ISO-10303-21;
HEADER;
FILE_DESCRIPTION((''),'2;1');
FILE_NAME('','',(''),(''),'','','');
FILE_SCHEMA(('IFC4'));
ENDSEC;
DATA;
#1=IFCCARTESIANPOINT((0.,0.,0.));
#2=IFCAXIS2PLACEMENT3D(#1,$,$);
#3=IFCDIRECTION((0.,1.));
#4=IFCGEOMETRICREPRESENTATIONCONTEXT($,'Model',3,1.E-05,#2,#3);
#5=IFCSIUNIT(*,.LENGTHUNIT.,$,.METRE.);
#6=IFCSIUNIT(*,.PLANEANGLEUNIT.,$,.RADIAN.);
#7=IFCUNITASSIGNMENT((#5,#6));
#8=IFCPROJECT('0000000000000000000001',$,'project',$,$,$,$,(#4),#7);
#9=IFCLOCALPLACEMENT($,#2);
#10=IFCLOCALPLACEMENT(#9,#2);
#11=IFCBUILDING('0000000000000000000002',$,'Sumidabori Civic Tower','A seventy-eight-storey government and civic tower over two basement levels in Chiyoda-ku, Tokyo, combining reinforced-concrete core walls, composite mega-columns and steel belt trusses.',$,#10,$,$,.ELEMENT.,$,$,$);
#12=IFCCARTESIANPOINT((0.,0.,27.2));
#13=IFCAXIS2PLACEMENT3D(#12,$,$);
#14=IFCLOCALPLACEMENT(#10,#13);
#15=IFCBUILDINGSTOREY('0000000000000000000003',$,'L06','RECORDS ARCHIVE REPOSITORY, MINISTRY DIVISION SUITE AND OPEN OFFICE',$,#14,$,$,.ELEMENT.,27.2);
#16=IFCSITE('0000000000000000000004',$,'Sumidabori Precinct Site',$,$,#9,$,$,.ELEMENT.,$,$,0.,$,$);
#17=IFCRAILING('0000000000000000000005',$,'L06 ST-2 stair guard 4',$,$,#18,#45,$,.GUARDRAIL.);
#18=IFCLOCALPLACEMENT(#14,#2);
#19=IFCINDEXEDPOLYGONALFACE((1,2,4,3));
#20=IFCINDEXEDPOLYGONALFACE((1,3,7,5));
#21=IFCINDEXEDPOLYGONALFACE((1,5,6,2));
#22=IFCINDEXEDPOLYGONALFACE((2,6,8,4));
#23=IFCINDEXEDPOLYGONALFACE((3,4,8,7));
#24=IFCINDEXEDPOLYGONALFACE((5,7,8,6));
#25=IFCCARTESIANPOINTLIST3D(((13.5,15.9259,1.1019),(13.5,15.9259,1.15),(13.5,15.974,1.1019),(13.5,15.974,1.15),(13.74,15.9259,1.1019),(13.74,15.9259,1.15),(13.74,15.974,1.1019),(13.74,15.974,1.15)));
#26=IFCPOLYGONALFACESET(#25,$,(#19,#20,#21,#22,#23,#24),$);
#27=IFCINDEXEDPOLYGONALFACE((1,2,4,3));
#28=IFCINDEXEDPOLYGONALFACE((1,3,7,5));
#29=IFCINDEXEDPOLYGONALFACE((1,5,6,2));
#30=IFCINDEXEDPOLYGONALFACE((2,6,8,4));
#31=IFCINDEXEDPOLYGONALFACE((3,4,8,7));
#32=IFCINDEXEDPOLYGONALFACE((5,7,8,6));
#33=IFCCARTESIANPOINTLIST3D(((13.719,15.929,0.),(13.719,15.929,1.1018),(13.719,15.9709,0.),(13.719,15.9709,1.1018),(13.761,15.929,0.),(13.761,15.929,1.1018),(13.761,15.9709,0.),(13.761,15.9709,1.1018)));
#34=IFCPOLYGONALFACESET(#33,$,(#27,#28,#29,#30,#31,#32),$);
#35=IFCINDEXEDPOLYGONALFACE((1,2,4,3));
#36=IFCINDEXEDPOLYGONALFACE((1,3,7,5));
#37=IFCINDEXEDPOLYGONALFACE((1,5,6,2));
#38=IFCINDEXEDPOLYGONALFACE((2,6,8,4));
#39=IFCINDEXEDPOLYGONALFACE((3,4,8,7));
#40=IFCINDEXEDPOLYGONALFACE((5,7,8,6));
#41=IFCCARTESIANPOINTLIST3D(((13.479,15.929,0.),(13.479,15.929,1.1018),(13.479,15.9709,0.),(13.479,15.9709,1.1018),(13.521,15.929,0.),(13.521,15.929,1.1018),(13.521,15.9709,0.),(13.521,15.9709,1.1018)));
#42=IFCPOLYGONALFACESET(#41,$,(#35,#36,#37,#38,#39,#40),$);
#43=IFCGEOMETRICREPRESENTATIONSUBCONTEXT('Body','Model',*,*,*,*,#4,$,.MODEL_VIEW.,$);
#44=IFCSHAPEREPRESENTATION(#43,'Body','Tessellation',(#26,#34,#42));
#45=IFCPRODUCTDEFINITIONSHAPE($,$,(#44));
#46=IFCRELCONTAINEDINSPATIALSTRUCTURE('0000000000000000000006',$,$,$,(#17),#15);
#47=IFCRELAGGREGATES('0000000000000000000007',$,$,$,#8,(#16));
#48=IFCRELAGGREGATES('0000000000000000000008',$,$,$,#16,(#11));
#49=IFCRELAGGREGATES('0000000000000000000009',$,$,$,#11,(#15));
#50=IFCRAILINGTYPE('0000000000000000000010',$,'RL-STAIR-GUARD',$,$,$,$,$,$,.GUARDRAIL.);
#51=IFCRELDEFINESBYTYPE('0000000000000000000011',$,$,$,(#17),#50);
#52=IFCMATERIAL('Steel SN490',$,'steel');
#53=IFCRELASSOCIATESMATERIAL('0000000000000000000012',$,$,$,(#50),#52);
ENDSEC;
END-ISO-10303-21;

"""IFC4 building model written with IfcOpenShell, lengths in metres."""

from ifc_helpers import new_model, si_unit, direction, frame, origin, origin_2d, place, context, subcontext, project, spatial, rectangle, extrude, material, type_object, element, save


model = new_model("IFC4")

# Units and contexts
model_context = context("Model", 3, precision=1e-05, world=origin(), true_north=direction((0.0, 1.0)))
body_context = subcontext(model_context, "Body", "Model", "MODEL_VIEW")
ifc_project = project(units=[si_unit("LENGTHUNIT", "METRE"), si_unit("PLANEANGLEUNIT", "RADIAN")], contexts=[model_context])

# Site, building, storey
site_placement = place(None, origin())
site = spatial("IfcSite", under=ifc_project, at=site_placement, Name="Sumidabori Precinct Site", CompositionType="ELEMENT", RefElevation=0.0)
building_placement = place(site_placement, origin())
building = spatial("IfcBuilding", under=site, at=building_placement, Name="Sumidabori Civic Tower", Description="A seventy-eight-storey government and civic tower over two basement levels in Chiyoda-ku, Tokyo, combining reinforced-concrete core walls, composite mega-columns and steel belt trusses.", CompositionType="ELEMENT")
storey_placement = place(building_placement, frame((0.0, 0.0, 27.2)))
storey = spatial("IfcBuildingStorey", under=building, at=storey_placement, Name="L06", Description="RECORDS ARCHIVE REPOSITORY, MINISTRY DIVISION SUITE AND OPEN OFFICE", CompositionType="ELEMENT", Elevation=27.2)

# Shared definitions
ifc_material_1 = material(Name="Steel SN490", Category="steel")

# Railing
railing_type_1 = type_object("IfcRailingType", Name="RL-STAIR-GUARD", PredefinedType="GUARDRAIL", material=ifc_material_1)
railing_1_placement = place(storey_placement, frame((13.74, 15.95, 0.0)))
element("IfcRailing", 1, at=railing_1_placement, inside=storey, type_object=railing_type_1, Name="L06 ST-2 stair guard 4", PredefinedType="GUARDRAIL", context=body_context, shape_type="SweptSolid", body=[
    extrude(rectangle(XDim=0.0481, YDim=0.0481, at=origin_2d()), frame((0.0, 0.0, 1.126), z_axis=(-1.0, 0.0, 0.0), x_axis=(0.0, -1.0, 0.0)), (0.0, 0.0, 1.0), 0.24),
    extrude(rectangle(XDim=0.042, YDim=0.042, at=origin_2d()), origin(), (0.0, 0.0, 1.0), 1.1018),
    extrude(rectangle(XDim=0.042, YDim=0.042, at=origin_2d()), frame((-0.24, 0.0, 0.0)), (0.0, 0.0, 1.0), 1.1018),
])

save(model, "model.ifc")
